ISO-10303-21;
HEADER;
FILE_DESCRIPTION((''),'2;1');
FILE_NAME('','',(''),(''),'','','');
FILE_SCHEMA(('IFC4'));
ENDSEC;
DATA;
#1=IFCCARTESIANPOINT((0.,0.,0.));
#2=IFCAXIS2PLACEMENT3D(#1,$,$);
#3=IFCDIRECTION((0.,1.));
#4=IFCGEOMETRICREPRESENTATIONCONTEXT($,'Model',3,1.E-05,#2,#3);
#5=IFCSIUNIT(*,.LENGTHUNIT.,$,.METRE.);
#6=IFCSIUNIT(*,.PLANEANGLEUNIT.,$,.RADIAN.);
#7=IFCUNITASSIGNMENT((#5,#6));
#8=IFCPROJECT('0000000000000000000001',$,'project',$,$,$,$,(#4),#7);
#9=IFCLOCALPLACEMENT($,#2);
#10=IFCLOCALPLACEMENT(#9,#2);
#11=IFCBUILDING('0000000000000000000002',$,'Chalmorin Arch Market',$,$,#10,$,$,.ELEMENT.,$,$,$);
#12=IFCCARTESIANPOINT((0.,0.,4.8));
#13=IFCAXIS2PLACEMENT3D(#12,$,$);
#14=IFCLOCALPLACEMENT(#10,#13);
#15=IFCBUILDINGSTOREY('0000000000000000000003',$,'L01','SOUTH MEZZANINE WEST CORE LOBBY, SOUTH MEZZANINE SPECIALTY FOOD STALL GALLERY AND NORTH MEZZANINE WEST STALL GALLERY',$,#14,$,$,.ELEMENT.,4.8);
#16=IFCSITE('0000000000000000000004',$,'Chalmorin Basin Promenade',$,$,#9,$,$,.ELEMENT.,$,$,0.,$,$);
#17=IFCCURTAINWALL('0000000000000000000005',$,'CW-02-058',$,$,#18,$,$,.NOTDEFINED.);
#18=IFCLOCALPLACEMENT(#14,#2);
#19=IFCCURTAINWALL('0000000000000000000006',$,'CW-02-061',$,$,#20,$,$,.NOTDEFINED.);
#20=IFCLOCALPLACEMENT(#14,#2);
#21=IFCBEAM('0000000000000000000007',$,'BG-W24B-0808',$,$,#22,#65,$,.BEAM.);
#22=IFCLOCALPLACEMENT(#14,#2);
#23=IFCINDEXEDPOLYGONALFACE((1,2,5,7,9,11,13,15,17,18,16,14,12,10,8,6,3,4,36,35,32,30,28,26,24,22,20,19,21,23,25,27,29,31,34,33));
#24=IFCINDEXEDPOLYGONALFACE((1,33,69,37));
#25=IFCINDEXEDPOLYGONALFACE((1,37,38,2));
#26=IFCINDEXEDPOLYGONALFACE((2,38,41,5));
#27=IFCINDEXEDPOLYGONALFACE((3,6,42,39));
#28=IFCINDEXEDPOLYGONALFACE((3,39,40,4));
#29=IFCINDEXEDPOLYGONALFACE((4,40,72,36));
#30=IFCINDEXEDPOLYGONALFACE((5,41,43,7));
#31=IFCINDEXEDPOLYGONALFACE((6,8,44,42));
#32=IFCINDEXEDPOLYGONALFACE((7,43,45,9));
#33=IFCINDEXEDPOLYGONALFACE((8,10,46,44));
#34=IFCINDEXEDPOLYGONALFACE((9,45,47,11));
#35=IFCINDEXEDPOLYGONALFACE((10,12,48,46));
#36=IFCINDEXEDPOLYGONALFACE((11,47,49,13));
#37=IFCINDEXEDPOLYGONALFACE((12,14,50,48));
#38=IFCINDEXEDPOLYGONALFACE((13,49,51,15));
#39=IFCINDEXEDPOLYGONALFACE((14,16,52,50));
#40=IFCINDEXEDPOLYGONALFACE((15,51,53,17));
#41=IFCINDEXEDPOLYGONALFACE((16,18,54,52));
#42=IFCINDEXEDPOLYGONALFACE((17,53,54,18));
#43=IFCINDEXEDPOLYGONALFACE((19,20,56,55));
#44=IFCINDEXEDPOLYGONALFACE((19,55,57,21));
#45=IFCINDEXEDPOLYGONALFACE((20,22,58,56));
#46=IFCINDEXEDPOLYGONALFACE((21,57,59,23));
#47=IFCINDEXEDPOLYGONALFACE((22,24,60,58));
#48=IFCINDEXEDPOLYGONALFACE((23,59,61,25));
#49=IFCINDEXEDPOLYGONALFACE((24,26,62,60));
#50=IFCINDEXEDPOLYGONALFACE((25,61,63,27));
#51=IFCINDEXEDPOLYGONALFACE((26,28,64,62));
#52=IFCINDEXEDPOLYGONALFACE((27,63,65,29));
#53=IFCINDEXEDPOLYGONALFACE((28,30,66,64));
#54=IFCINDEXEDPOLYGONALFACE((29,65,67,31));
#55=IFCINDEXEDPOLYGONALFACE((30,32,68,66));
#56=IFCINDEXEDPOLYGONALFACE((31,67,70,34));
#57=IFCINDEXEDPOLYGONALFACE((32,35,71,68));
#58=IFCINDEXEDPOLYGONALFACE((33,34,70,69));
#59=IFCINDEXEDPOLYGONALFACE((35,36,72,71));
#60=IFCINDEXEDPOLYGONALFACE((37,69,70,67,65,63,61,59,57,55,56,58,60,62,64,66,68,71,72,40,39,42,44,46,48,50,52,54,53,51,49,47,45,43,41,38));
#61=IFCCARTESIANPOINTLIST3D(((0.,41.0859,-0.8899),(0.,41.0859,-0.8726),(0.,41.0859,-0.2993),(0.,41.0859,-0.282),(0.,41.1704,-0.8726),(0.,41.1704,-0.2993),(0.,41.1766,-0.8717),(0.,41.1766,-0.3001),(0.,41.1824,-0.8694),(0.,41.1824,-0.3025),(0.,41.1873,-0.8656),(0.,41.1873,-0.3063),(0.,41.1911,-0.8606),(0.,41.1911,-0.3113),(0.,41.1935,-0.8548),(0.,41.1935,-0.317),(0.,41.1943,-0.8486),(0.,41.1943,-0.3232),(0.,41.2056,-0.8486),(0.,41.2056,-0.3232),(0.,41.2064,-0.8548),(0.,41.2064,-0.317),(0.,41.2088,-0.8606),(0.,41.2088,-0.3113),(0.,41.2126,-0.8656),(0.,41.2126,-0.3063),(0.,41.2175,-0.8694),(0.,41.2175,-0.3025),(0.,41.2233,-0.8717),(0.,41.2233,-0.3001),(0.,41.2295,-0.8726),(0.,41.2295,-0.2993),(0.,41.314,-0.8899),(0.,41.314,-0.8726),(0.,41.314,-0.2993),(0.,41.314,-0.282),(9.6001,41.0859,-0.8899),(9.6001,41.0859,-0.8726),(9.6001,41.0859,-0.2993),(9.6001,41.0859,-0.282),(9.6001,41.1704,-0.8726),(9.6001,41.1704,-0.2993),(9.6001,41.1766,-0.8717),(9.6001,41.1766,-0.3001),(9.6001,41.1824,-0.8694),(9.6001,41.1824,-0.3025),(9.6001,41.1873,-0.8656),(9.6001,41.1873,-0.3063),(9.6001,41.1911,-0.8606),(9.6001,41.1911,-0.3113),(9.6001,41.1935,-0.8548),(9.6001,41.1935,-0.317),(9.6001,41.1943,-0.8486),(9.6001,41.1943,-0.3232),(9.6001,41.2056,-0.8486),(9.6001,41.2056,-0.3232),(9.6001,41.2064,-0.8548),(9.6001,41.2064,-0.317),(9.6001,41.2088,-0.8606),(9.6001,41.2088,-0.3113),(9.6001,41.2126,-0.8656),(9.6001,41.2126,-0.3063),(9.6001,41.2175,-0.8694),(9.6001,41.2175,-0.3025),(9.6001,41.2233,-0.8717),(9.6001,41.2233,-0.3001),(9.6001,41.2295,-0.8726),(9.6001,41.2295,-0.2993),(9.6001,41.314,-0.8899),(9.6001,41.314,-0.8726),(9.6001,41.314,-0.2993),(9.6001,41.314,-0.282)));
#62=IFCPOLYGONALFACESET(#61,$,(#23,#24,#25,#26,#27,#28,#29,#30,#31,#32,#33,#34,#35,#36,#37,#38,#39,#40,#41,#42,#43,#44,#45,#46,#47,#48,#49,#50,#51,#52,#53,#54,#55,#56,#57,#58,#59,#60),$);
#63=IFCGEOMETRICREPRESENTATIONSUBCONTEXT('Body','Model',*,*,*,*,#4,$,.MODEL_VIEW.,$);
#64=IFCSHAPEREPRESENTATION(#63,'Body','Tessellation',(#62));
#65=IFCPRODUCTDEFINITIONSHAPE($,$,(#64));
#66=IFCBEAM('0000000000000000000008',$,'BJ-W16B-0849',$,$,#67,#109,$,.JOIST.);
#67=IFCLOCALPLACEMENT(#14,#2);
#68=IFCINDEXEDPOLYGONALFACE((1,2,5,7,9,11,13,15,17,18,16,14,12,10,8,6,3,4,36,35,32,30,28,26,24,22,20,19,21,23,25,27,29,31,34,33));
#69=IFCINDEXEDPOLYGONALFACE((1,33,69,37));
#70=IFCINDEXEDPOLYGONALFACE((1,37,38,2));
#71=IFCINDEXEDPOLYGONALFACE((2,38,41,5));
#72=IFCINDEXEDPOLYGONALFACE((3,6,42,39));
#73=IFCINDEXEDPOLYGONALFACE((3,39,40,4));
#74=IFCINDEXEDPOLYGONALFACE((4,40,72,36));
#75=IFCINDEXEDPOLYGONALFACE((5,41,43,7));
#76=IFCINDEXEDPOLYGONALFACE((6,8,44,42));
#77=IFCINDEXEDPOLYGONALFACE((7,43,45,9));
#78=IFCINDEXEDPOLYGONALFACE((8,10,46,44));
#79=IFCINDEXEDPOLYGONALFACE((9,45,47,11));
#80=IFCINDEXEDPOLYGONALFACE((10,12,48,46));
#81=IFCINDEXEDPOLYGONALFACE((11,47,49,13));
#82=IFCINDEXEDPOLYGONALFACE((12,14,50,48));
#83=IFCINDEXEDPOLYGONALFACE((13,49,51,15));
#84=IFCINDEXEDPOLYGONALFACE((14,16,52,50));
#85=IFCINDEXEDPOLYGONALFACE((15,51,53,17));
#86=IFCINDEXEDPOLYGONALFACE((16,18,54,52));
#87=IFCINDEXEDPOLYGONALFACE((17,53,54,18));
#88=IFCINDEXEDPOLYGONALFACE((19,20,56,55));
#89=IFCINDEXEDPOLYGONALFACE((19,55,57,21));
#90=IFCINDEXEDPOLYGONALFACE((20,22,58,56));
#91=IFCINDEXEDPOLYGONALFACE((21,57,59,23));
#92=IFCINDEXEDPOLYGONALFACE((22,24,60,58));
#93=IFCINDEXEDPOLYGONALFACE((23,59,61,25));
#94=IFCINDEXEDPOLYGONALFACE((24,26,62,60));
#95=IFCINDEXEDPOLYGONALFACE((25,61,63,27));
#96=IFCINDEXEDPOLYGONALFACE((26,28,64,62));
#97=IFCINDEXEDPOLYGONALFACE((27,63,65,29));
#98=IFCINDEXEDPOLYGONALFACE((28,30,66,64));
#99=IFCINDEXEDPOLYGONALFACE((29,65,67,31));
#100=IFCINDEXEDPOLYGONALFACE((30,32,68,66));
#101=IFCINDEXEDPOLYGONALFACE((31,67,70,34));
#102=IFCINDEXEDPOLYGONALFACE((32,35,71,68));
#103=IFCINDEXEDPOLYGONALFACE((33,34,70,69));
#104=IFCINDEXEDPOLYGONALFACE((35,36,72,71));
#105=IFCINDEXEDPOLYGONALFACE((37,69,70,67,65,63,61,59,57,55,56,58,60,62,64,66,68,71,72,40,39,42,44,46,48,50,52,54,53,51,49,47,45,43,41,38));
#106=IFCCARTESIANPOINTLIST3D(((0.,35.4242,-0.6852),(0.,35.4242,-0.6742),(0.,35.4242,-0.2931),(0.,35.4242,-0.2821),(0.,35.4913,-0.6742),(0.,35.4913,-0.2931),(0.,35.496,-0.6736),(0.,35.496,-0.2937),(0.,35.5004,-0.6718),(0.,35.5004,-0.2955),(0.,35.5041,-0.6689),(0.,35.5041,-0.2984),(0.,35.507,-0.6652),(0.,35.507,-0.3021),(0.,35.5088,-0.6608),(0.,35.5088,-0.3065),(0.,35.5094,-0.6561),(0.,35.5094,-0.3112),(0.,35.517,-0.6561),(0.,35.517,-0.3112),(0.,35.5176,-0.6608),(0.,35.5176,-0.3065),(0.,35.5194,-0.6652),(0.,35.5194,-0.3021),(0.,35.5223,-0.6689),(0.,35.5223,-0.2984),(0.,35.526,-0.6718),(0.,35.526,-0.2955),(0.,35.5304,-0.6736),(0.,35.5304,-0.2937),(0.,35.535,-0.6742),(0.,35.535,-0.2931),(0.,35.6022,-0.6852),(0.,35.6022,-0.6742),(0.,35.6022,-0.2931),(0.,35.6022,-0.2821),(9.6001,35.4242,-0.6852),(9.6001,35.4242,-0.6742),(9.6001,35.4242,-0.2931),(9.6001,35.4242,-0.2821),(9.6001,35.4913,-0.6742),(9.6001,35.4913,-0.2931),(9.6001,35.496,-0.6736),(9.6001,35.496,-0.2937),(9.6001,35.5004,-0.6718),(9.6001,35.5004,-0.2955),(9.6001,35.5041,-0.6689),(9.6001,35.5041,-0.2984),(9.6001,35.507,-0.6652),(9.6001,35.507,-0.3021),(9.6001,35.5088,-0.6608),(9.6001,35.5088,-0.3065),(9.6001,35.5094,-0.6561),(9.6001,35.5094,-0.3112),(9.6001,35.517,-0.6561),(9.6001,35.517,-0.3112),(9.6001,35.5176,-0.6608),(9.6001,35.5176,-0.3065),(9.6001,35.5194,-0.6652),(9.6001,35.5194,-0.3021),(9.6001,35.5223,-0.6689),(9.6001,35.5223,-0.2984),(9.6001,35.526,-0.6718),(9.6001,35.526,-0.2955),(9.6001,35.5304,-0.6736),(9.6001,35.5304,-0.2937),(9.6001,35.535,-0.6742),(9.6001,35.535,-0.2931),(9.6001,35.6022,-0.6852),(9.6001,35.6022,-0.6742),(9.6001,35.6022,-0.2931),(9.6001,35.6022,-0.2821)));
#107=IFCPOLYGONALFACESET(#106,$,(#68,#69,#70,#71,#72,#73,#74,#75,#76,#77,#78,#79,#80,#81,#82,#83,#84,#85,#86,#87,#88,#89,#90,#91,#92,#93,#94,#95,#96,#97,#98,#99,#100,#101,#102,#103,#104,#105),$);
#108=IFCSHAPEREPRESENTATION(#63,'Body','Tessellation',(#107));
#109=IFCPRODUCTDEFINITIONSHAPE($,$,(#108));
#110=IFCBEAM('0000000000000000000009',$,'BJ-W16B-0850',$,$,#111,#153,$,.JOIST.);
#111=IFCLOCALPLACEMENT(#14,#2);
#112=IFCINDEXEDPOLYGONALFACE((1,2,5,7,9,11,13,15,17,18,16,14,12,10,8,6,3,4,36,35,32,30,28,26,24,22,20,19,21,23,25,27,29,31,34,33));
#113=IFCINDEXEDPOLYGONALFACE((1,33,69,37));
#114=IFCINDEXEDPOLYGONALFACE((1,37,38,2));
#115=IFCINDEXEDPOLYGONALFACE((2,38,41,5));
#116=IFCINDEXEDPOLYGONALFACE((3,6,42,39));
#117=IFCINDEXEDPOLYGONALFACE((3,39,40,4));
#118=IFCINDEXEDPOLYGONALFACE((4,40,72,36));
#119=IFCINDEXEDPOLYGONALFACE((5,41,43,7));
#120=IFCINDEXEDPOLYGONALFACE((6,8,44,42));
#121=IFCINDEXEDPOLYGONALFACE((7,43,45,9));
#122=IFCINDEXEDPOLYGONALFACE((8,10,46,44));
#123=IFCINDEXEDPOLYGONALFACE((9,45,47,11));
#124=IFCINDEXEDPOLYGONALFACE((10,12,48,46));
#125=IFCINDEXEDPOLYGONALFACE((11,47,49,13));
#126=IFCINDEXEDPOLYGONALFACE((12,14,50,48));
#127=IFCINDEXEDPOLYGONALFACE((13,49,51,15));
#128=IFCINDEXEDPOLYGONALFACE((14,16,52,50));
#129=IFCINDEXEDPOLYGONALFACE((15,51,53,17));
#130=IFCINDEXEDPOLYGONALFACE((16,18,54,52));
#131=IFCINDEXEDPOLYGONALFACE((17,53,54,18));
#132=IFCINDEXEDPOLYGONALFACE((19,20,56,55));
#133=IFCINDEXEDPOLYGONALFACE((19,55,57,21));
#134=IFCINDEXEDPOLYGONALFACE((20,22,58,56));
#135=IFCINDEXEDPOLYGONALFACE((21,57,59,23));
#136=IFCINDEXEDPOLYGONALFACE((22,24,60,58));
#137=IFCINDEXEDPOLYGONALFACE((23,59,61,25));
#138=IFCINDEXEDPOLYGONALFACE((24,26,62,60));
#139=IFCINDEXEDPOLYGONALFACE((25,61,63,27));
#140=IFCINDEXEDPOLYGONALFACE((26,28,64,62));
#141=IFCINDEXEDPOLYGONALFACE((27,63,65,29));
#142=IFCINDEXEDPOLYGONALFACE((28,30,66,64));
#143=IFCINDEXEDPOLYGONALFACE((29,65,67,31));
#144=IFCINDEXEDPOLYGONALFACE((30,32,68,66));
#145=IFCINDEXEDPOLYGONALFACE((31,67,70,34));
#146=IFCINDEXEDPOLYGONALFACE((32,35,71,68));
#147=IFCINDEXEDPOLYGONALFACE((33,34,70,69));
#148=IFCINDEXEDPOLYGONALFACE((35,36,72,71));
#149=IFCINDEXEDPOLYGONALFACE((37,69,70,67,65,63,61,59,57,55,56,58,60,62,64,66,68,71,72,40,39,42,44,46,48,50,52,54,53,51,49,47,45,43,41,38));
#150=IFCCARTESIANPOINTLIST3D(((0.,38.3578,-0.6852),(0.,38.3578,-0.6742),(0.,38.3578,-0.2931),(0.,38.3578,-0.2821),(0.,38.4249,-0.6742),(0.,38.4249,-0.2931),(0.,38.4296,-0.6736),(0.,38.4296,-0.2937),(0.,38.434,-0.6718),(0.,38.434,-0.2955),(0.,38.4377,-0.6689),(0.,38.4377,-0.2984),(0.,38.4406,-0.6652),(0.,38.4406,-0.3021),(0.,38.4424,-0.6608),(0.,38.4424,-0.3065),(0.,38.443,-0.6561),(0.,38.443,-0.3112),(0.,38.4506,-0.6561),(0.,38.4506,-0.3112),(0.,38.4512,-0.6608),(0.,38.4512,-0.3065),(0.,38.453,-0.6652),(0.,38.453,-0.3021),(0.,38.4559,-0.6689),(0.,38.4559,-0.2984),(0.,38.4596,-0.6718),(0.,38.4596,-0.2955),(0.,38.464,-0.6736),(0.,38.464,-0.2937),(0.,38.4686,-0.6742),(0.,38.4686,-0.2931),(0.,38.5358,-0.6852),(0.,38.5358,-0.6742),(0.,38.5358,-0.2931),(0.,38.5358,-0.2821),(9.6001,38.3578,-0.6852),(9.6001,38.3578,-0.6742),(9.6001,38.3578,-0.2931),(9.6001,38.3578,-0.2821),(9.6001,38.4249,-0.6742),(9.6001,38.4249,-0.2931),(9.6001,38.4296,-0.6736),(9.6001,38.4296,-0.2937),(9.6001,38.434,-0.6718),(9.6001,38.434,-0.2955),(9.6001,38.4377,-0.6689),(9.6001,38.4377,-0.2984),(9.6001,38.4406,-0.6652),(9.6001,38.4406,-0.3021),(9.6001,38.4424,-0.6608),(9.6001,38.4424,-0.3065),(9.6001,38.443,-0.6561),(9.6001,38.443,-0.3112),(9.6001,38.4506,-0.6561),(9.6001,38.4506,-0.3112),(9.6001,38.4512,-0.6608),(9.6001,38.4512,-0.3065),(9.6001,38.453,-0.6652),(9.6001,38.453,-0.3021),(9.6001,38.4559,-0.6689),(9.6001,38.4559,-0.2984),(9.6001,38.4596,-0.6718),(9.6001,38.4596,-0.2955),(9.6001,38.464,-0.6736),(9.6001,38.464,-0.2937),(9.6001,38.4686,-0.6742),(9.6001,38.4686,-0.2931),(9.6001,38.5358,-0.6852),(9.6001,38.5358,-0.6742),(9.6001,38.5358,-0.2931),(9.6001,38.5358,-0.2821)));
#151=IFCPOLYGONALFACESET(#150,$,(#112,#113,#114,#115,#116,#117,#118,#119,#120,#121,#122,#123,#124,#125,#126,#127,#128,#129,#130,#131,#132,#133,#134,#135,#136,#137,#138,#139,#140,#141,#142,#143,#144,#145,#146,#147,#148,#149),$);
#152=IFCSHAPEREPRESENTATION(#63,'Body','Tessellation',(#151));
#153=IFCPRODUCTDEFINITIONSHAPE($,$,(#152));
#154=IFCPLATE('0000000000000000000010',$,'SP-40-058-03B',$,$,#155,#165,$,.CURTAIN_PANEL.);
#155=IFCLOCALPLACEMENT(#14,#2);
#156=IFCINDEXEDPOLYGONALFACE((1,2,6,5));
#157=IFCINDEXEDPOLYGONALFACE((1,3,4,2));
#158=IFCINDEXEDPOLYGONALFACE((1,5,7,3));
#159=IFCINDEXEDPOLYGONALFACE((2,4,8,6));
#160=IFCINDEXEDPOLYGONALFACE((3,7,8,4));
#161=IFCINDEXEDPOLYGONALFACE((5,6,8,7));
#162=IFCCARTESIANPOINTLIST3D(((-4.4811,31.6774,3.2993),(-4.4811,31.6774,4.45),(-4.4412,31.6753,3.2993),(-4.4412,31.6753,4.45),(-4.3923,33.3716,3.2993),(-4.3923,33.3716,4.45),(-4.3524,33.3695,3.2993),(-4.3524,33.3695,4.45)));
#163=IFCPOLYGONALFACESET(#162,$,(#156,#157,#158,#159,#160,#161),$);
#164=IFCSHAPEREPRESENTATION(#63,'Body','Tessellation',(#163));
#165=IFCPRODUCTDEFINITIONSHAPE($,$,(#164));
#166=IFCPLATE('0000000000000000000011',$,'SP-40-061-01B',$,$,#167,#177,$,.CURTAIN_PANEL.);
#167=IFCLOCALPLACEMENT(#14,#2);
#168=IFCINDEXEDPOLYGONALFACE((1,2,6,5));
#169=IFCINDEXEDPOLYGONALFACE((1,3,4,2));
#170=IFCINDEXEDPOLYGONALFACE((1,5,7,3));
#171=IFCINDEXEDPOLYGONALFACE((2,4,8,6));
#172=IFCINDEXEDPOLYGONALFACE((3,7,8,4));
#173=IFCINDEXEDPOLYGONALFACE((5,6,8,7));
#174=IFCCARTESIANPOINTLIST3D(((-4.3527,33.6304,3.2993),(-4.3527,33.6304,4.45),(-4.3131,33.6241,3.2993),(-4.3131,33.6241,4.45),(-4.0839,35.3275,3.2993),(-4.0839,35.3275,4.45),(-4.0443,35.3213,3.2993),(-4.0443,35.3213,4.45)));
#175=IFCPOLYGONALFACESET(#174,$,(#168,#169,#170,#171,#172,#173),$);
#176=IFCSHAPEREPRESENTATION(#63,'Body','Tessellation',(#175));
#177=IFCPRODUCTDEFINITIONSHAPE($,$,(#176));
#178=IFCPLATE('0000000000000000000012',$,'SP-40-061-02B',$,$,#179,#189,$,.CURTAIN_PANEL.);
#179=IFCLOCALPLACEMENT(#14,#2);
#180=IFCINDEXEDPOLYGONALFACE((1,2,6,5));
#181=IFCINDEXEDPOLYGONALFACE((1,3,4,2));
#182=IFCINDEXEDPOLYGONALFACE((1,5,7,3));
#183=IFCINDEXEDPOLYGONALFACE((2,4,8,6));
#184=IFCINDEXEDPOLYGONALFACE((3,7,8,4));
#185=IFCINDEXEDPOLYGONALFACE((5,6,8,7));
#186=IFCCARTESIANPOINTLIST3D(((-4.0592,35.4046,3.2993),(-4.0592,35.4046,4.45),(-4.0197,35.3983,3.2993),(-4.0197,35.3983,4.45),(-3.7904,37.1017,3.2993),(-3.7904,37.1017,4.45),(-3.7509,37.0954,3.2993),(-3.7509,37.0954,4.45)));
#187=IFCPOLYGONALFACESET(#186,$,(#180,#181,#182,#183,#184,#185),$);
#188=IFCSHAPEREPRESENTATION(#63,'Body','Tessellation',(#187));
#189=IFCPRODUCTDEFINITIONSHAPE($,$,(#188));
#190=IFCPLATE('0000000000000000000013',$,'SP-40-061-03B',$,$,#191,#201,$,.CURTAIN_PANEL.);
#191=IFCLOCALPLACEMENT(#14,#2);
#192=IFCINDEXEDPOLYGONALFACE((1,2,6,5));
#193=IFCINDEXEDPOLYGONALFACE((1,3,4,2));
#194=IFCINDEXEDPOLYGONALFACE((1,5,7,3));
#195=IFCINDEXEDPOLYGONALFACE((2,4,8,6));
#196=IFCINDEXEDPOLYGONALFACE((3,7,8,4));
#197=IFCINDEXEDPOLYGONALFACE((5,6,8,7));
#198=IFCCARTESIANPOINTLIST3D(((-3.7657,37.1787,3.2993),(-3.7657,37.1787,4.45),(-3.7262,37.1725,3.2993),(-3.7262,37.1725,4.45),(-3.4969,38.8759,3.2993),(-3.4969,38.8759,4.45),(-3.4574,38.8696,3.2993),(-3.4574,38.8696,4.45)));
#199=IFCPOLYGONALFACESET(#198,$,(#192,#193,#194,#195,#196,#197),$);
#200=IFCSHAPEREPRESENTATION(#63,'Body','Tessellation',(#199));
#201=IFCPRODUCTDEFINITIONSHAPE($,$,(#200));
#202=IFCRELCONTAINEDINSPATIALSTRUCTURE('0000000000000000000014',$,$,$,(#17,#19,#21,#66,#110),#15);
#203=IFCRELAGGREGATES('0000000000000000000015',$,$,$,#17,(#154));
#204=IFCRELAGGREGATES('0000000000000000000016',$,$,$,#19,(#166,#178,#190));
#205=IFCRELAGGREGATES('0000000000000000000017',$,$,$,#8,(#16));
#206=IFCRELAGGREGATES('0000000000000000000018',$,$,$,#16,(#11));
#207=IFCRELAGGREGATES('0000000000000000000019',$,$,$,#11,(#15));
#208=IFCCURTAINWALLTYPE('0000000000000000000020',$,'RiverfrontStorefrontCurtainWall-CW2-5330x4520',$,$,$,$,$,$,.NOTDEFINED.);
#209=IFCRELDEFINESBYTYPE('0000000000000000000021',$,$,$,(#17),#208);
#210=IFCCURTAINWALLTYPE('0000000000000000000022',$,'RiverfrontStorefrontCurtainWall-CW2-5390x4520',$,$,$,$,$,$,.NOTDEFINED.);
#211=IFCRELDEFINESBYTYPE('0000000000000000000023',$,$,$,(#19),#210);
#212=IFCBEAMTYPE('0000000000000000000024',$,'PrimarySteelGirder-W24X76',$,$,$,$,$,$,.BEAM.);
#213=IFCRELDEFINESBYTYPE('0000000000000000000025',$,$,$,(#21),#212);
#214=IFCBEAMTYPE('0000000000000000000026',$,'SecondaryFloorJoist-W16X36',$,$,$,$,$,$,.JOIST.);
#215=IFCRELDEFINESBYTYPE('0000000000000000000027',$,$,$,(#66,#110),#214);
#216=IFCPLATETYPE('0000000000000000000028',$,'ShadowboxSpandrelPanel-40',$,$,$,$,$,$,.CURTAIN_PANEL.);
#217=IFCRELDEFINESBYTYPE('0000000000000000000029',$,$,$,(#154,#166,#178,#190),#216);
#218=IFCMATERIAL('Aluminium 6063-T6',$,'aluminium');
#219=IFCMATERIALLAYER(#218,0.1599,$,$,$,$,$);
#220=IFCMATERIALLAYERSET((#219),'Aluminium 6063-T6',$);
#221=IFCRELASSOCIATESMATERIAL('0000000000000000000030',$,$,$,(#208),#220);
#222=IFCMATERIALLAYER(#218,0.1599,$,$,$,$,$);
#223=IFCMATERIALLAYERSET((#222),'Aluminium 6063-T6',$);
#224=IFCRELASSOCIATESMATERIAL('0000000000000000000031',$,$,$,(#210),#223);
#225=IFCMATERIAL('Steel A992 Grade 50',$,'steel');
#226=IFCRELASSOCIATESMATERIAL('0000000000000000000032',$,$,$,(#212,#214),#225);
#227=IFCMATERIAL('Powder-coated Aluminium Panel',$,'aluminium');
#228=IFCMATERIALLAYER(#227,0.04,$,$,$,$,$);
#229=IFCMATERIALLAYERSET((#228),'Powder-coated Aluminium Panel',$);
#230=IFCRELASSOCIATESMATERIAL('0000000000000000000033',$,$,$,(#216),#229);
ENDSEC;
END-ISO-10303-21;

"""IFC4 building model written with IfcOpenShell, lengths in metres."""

from ifc_helpers import new_model, si_unit, direction, frame, origin, origin_2d, place, context, subcontext, project, spatial, rectangle, i_section, extrude, material, layer, layer_set, material_profile, profile_set, type_object, element, aggregate, save


model = new_model("IFC4")

# Units and contexts
model_context = context("Model", 3, precision=1e-05, world=origin(), true_north=direction((0.0, 1.0)))
body_context = subcontext(model_context, "Body", "Model", "MODEL_VIEW")
ifc_project = project(units=[si_unit("LENGTHUNIT", "METRE"), si_unit("PLANEANGLEUNIT", "RADIAN")], contexts=[model_context])

# Site, building, storey
site_placement = place(None, origin())
site = spatial("IfcSite", under=ifc_project, at=site_placement, Name="Chalmorin Basin Promenade", CompositionType="ELEMENT", RefElevation=0.0)
building_placement = place(site_placement, origin())
building = spatial("IfcBuilding", under=site, at=building_placement, Name="Chalmorin Arch Market", CompositionType="ELEMENT")
storey_placement = place(building_placement, frame((0.0, 0.0, 4.8)))
storey = spatial("IfcBuildingStorey", under=building, at=storey_placement, Name="L01", Description="SOUTH MEZZANINE WEST CORE LOBBY, SOUTH MEZZANINE SPECIALTY FOOD STALL GALLERY AND NORTH MEZZANINE WEST STALL GALLERY", CompositionType="ELEMENT", Elevation=4.8)

# Curtain wall
ifc_material_1 = material(Name="Aluminium 6063-T6", Category="aluminium")
ifc_layer_1 = layer(ifc_material_1, 0.1599)
ifc_layer_set_1 = layer_set([ifc_layer_1], Name="Aluminium 6063-T6")
curtain_wall_type_1 = type_object("IfcCurtainWallType", Name="RiverfrontStorefrontCurtainWall-CW2-5330x4520", PredefinedType="NOTDEFINED", material=ifc_layer_set_1)
curtain_wall_1_placement = place(storey_placement, origin())
curtain_wall_1 = element("IfcCurtainWall", 1, at=curtain_wall_1_placement, inside=storey, type_object=curtain_wall_type_1, Name="CW-02-058", PredefinedType="NOTDEFINED")

# Curtain wall
ifc_layer_2 = layer(ifc_material_1, 0.1599)
ifc_layer_set_2 = layer_set([ifc_layer_2], Name="Aluminium 6063-T6")
curtain_wall_type_2 = type_object("IfcCurtainWallType", Name="RiverfrontStorefrontCurtainWall-CW2-5390x4520", PredefinedType="NOTDEFINED", material=ifc_layer_set_2)
curtain_wall_2_placement = place(storey_placement, origin())
curtain_wall_2 = element("IfcCurtainWall", 2, at=curtain_wall_2_placement, inside=storey, type_object=curtain_wall_type_2, Name="CW-02-061", PredefinedType="NOTDEFINED")

# Beams
ifc_material_2 = material(Name="Steel A992 Grade 50", Category="steel")
ifc_material_profile_1 = material_profile(ifc_material_2, i_section(OverallWidth=0.228, OverallDepth=0.6079, WebThickness=0.0112, FlangeThickness=0.0173, FilletRadius=0.0239, at=origin_2d()), Name="W24X76")
ifc_profile_set_1 = profile_set([ifc_material_profile_1], Name="Steel A992 Grade 50")
beam_type_1 = type_object("IfcBeamType", Name="PrimarySteelGirder-W24X76", PredefinedType="BEAM", material=ifc_profile_set_1)
beam_placement = place(storey_placement, frame((0.0, 41.2, -0.5859), z_axis=(1.0, 0.0, 0.0), x_axis=(0.0, 1.0, 0.0)))
element("IfcBeam", 3, at=beam_placement, inside=storey, type_object=beam_type_1, Name="BG-W24B-0808", PredefinedType="BEAM", context=body_context, shape_type="SweptSolid", body=[
    extrude(i_section(OverallWidth=0.228, OverallDepth=0.6079, WebThickness=0.0112, FlangeThickness=0.0173, FilletRadius=0.0239, at=origin_2d()), origin(), (0.0, 0.0, 1.0), 9.6001),
])
ifc_material_profile_2 = material_profile(ifc_material_2, i_section(OverallWidth=0.178, OverallDepth=0.4031, WebThickness=0.0076, FlangeThickness=0.011, FilletRadius=0.0181, at=origin_2d()), Name="W16X36")
ifc_profile_set_2 = profile_set([ifc_material_profile_2], Name="Steel A992 Grade 50")
beam_type_2 = type_object("IfcBeamType", Name="SecondaryFloorJoist-W16X36", PredefinedType="JOIST", material=ifc_profile_set_2)
for number, where, z_axis, x_axis, name in (
    (4, (0.0, 35.5132, -0.4836), (1.0, 0.0, 0.0), (0.0, 1.0, 0.0), "BJ-W16B-0849"),
    (5, (0.0, 38.4468, -0.4836), (1.0, 0.0, 0.0), (0.0, 1.0, 0.0), "BJ-W16B-0850"),
):
    element("IfcBeam", number, at=place(storey_placement, frame(where, z_axis=z_axis, x_axis=x_axis)), inside=storey, type_object=beam_type_2, Name=name, PredefinedType="JOIST", context=body_context, shape_type="SweptSolid", body=[
        extrude(i_section(OverallWidth=0.178, OverallDepth=0.4031, WebThickness=0.0076, FlangeThickness=0.011, FilletRadius=0.0181, at=origin_2d()), origin(), (0.0, 0.0, 1.0), 9.6001),
    ])

# Plates
ifc_material_3 = material(Name="Powder-coated Aluminium Panel", Category="aluminium")
ifc_layer_3 = layer(ifc_material_3, 0.04)
ifc_layer_set_3 = layer_set([ifc_layer_3], Name="Powder-coated Aluminium Panel")
plate_type_1 = type_object("IfcPlateType", Name="ShadowboxSpandrelPanel-40", PredefinedType="CURTAIN_PANEL", material=ifc_layer_set_3)
plate_1_placement = place(storey_placement, frame((-4.4167, 32.5234, 3.2993), z_axis=(0.0, 0.0, 1.0), x_axis=(0.052336, 0.99863, 0.0)))
plate_1 = element("IfcPlate", 6, at=plate_1_placement, type_object=plate_type_1, Name="SP-40-058-03B", PredefinedType="CURTAIN_PANEL", context=body_context, shape_type="SweptSolid", body=[
    extrude(rectangle(XDim=1.6965, YDim=0.04, at=origin_2d()), origin(), (0.0, 0.0, 1.0), 1.1506),
])
plate_2_placement = place(storey_placement, frame((-4.1985, 34.4758, 3.2993), z_axis=(0.0, 0.0, 1.0), x_axis=(0.156434, 0.987688, 0.0)))
plate_2 = element("IfcPlate", 7, at=plate_2_placement, type_object=plate_type_1, Name="SP-40-061-01B", PredefinedType="CURTAIN_PANEL", context=body_context, shape_type="SweptSolid", body=[
    extrude(rectangle(XDim=1.7183, YDim=0.04, at=origin_2d()), origin(), (0.0, 0.0, 1.0), 1.1506),
])
plate_3_placement = place(storey_placement, frame((-3.905, 36.25, 3.2993), z_axis=(0.0, 0.0, 1.0), x_axis=(0.156434, 0.987688, 0.0)))
plate_3 = element("IfcPlate", 8, at=plate_3_placement, type_object=plate_type_1, Name="SP-40-061-02B", PredefinedType="CURTAIN_PANEL", context=body_context, shape_type="SweptSolid", body=[
    extrude(rectangle(XDim=1.7183, YDim=0.04, at=origin_2d()), origin(), (0.0, 0.0, 1.0), 1.1506),
])
plate_4_placement = place(storey_placement, frame((-3.6116, 38.0242, 3.2993), z_axis=(0.0, 0.0, 1.0), x_axis=(0.156434, 0.987688, 0.0)))
plate_4 = element("IfcPlate", 9, at=plate_4_placement, type_object=plate_type_1, Name="SP-40-061-03B", PredefinedType="CURTAIN_PANEL", context=body_context, shape_type="SweptSolid", body=[
    extrude(rectangle(XDim=1.7183, YDim=0.04, at=origin_2d()), origin(), (0.0, 0.0, 1.0), 1.1506),
])
aggregate(curtain_wall_1, [plate_1])
aggregate(curtain_wall_2, [plate_2, plate_3, plate_4])

save(model, "model.ifc")
